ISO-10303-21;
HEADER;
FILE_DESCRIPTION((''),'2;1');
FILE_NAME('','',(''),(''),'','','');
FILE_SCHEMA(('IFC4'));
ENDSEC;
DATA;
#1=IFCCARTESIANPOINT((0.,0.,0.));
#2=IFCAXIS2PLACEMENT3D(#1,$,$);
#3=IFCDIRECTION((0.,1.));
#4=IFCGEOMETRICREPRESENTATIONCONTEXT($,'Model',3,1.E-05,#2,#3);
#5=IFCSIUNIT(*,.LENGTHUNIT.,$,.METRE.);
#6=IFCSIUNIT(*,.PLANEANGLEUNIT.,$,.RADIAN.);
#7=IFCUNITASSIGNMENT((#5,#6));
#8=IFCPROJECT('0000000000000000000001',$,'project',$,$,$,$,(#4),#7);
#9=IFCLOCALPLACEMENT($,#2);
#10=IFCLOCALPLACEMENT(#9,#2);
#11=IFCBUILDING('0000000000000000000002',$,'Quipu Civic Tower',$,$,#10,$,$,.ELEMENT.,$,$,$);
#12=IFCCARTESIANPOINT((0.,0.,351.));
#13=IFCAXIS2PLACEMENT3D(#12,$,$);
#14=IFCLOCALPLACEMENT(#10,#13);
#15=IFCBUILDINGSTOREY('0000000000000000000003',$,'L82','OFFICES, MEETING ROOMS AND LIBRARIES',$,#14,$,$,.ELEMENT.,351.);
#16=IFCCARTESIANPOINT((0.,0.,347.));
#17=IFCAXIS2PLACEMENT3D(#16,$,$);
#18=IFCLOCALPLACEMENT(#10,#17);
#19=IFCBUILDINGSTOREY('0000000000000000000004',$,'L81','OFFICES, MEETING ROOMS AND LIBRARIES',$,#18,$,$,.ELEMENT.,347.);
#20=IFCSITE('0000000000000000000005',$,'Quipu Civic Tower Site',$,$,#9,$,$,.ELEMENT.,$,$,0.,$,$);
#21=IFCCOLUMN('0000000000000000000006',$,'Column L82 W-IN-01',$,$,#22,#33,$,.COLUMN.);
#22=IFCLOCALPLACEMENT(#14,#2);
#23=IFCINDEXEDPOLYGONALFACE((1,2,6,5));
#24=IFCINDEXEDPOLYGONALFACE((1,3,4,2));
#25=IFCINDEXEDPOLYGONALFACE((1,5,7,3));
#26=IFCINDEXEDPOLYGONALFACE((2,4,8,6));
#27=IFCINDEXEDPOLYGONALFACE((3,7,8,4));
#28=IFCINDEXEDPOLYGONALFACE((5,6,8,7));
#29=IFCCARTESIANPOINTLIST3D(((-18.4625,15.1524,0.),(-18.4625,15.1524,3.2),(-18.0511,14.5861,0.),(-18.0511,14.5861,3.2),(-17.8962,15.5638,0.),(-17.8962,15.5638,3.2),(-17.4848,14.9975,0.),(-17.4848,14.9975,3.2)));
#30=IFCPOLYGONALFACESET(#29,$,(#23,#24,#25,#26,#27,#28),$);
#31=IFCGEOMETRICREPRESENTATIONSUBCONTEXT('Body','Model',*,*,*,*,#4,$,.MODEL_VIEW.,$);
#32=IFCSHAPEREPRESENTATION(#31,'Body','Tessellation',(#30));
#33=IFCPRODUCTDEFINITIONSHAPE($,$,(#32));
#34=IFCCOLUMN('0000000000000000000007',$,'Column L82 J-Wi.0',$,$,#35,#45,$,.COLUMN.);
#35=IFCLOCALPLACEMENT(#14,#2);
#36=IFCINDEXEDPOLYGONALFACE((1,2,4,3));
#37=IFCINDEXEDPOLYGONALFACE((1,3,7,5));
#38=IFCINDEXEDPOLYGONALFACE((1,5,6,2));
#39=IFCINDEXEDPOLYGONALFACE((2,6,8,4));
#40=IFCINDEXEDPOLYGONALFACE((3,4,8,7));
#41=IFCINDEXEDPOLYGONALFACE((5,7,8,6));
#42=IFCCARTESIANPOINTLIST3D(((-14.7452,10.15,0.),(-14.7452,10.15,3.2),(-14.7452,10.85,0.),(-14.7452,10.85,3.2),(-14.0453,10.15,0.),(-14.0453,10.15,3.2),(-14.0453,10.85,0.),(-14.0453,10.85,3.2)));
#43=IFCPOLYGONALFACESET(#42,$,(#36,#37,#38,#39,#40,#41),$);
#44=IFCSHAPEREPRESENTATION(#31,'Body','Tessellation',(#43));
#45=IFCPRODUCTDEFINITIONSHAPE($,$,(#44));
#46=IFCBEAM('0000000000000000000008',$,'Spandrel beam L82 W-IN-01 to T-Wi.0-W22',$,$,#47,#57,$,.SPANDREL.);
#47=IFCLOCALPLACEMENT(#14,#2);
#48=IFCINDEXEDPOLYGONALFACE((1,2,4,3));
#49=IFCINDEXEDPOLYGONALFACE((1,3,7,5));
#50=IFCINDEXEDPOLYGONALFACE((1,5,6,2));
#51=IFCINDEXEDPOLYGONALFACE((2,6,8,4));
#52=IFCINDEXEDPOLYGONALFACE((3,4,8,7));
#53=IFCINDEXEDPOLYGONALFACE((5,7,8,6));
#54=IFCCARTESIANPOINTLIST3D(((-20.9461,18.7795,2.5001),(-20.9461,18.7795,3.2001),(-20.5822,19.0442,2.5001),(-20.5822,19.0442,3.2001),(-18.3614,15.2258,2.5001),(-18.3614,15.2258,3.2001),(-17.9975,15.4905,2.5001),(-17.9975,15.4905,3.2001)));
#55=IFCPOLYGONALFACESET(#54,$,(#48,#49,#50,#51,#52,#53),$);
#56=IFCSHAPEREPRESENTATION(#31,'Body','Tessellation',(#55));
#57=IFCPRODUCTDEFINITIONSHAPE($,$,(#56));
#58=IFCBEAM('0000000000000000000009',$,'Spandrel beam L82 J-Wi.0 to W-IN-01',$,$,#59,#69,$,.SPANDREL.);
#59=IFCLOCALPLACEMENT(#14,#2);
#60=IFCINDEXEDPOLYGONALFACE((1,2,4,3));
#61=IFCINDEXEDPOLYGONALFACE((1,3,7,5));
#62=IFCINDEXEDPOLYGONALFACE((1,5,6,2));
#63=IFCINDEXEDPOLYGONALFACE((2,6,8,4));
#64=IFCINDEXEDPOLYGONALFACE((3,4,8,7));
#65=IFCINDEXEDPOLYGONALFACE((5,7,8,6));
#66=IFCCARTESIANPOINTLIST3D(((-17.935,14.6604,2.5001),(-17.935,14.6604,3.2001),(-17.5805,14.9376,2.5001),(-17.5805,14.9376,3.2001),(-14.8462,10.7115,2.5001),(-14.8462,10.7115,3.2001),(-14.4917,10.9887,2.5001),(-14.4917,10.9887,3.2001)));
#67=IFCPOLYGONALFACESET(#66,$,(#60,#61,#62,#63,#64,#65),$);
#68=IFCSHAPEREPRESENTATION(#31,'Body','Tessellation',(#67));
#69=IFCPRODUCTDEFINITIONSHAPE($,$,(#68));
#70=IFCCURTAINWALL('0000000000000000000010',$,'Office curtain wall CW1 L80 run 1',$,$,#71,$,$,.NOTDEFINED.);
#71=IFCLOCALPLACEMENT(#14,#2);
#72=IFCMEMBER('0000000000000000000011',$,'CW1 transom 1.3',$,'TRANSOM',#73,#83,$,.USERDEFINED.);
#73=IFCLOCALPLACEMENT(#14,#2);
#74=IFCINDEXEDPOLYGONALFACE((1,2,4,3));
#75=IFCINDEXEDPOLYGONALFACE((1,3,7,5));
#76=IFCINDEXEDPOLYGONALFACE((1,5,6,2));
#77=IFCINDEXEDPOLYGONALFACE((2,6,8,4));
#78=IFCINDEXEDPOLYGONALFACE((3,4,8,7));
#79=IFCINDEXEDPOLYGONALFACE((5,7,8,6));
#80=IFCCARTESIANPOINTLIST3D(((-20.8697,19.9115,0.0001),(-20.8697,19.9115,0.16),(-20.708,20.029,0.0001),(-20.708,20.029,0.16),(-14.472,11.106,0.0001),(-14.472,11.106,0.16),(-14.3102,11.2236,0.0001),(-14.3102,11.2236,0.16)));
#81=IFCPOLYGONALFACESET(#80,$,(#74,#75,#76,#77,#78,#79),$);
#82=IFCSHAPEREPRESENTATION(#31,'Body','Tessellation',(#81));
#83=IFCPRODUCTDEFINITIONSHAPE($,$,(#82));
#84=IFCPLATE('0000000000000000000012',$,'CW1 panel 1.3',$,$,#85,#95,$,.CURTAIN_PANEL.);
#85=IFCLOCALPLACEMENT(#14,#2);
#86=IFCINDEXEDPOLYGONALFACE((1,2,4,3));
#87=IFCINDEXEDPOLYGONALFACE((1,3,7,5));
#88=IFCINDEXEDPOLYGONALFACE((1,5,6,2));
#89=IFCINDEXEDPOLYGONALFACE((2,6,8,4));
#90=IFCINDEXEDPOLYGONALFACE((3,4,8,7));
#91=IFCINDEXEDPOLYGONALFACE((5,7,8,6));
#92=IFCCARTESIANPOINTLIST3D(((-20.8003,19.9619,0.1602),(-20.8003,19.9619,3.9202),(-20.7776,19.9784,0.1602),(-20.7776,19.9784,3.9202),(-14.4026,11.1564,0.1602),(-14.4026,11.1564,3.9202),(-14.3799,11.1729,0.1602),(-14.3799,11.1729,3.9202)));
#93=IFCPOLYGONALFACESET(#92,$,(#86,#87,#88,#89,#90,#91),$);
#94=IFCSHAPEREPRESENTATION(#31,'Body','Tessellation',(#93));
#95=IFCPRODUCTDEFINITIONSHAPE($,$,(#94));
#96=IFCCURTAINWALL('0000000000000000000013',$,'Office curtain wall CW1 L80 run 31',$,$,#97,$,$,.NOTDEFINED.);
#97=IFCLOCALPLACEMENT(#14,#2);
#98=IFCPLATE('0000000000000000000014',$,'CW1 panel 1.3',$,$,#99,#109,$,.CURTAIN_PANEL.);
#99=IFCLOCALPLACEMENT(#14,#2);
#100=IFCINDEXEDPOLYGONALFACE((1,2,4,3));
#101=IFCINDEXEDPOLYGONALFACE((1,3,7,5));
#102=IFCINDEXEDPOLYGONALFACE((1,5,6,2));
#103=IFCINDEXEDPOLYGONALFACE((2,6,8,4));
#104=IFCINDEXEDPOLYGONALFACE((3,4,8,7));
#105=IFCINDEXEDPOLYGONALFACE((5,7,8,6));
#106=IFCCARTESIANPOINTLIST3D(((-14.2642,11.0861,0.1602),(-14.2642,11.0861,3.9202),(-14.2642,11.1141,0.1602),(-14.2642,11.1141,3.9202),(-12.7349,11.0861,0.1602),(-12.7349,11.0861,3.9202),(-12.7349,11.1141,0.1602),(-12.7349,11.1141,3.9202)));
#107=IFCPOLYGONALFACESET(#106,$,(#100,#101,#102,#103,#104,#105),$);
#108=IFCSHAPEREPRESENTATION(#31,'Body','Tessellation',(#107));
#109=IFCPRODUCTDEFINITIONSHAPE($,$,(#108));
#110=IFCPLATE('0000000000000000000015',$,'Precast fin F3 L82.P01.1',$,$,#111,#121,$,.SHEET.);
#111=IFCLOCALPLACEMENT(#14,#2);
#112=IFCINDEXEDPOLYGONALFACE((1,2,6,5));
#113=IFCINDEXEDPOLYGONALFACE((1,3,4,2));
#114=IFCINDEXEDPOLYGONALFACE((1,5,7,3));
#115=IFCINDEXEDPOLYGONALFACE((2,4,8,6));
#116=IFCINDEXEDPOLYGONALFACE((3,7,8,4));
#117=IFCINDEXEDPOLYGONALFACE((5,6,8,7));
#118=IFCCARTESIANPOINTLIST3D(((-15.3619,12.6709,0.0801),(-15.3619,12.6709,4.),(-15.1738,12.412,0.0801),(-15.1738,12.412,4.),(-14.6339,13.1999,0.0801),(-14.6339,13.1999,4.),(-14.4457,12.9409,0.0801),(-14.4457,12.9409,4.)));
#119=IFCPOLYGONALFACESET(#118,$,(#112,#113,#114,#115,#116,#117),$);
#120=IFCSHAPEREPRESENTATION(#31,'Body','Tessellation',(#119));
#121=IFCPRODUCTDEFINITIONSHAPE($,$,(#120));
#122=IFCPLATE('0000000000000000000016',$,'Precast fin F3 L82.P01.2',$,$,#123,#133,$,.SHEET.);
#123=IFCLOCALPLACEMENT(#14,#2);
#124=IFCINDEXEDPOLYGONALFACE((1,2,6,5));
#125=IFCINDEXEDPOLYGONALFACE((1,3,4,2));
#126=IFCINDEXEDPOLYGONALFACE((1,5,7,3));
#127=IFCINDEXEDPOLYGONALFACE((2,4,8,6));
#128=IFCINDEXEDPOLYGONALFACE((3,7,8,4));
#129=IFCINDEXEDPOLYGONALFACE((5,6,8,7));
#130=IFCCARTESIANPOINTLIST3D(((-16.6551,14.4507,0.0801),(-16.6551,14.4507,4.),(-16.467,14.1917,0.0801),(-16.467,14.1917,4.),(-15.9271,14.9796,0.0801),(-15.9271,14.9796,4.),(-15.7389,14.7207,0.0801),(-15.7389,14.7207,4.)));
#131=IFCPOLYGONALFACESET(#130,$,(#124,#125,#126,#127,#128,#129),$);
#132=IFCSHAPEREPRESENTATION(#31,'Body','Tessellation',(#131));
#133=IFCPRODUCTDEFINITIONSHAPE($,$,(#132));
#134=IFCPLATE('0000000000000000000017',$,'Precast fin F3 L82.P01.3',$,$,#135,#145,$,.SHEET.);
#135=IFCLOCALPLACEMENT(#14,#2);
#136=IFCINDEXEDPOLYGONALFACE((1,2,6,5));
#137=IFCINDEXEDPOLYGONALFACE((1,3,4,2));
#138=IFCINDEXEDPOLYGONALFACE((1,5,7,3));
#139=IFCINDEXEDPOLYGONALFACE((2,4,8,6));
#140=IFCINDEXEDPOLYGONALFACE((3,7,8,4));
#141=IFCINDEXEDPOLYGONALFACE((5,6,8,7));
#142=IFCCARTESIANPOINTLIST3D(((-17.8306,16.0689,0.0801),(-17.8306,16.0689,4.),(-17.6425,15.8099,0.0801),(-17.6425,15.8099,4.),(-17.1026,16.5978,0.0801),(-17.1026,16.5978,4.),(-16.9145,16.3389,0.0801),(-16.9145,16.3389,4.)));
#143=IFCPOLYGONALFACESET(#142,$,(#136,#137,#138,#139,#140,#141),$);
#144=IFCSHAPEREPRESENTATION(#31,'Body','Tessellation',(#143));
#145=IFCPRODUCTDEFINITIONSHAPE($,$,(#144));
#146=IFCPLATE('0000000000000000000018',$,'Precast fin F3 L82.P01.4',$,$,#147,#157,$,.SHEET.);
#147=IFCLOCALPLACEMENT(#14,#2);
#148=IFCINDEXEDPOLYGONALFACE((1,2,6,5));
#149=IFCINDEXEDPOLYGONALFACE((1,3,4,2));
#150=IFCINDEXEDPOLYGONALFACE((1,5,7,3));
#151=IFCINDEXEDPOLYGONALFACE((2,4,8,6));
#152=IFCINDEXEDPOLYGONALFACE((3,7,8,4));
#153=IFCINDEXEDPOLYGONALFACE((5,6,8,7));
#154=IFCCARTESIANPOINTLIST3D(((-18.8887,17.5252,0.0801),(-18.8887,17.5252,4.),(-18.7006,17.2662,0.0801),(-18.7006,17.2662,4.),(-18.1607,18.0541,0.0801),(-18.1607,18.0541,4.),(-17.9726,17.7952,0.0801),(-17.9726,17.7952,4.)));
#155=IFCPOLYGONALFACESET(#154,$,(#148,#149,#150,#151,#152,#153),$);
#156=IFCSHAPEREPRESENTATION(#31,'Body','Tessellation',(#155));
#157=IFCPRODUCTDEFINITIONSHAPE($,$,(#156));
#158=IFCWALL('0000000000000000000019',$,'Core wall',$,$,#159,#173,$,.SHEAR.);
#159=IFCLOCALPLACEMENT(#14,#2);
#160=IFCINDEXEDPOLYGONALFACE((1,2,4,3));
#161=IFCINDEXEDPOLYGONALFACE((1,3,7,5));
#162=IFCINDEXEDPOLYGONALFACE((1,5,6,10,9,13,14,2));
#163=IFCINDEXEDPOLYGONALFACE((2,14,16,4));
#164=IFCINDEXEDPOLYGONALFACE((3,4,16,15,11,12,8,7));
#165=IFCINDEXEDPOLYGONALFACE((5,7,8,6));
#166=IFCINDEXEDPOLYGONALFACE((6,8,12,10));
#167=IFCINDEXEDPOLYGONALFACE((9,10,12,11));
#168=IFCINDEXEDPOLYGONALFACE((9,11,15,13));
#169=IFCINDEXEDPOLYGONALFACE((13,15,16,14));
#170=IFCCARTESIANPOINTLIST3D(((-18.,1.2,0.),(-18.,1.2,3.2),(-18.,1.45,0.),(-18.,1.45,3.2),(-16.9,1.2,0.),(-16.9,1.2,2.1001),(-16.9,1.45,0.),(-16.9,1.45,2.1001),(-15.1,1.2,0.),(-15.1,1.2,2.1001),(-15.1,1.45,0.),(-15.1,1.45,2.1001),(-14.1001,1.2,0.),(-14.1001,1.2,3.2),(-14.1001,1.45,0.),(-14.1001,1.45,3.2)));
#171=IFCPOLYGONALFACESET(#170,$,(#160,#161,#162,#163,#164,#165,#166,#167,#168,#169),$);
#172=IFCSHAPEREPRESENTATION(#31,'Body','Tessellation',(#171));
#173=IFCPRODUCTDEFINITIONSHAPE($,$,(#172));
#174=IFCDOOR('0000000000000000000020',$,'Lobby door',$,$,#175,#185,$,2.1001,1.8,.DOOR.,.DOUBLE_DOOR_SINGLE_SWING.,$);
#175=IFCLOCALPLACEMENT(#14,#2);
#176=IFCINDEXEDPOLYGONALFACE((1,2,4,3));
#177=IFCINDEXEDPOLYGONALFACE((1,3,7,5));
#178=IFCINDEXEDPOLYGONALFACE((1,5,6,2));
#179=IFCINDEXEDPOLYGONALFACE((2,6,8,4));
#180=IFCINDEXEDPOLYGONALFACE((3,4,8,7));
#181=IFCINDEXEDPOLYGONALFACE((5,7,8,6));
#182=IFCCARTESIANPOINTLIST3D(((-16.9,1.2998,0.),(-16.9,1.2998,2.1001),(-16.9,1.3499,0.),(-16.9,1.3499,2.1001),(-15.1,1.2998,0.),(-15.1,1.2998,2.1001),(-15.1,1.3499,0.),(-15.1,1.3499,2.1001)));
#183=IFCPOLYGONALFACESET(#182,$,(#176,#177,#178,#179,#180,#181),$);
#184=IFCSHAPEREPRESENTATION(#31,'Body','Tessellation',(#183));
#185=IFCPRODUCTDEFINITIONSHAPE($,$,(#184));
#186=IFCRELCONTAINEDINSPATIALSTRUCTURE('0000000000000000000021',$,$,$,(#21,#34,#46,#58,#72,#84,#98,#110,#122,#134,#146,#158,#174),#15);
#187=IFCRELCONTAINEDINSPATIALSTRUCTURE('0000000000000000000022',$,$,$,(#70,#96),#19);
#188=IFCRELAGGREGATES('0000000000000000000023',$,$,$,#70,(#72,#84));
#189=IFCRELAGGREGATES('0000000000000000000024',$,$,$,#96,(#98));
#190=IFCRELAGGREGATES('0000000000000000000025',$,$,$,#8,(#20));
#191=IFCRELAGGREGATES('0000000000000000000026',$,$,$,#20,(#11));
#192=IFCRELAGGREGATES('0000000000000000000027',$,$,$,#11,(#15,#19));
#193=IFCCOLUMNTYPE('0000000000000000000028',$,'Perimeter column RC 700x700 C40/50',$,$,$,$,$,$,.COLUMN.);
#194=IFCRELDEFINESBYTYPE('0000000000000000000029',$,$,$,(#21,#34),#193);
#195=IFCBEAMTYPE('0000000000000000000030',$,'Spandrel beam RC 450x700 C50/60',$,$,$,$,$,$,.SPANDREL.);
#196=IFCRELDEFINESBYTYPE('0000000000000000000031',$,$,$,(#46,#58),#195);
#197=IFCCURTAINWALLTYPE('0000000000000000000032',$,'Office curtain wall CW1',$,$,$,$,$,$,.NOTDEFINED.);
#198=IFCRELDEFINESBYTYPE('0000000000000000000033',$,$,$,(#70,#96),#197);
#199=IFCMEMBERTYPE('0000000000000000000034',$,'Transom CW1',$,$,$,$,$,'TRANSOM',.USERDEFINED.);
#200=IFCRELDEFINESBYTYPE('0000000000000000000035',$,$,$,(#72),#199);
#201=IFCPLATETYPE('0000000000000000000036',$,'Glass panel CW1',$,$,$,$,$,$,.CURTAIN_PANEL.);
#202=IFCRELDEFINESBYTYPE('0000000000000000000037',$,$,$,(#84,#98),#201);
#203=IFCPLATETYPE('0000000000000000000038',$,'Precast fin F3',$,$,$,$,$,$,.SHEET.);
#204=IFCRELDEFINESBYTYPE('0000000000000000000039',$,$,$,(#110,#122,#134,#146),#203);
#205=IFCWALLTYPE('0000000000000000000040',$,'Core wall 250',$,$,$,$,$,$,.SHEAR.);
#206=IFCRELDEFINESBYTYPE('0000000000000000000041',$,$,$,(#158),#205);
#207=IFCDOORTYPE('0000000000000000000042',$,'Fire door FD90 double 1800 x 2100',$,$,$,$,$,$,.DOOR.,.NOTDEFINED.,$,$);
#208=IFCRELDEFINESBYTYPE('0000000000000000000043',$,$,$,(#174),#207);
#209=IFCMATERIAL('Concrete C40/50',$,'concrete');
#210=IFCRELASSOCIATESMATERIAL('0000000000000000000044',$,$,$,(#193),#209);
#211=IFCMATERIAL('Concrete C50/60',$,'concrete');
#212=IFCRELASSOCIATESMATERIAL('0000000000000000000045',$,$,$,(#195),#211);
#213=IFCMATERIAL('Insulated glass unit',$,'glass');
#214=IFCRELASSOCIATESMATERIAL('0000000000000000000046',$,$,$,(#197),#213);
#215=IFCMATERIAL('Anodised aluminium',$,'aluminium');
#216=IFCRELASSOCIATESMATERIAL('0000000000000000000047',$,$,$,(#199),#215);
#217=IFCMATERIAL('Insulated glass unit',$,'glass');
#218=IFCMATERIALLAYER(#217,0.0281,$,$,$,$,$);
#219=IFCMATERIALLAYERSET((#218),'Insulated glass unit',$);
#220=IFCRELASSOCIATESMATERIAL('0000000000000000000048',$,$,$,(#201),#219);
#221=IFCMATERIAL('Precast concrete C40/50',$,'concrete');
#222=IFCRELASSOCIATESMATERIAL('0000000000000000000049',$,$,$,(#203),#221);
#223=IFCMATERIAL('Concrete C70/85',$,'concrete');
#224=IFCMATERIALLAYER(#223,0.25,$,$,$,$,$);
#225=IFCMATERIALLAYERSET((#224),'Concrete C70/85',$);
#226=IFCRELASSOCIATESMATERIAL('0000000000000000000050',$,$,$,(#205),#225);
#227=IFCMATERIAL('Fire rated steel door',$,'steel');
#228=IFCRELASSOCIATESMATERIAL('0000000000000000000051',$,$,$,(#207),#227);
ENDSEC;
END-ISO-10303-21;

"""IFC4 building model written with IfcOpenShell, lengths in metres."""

from ifc_helpers import new_model, si_unit, direction, frame, frame_2d, origin, origin_2d, place, context, subcontext, project, spatial, rectangle, extrude, material, layer, layer_set, material_profile, profile_set, type_object, element, fill, aggregate, save


model = new_model("IFC4")

# Units and contexts
model_context = context("Model", 3, precision=1e-05, world=origin(), true_north=direction((0.0, 1.0)))
body_context = subcontext(model_context, "Body", "Model", "MODEL_VIEW")
ifc_project = project(units=[si_unit("LENGTHUNIT", "METRE"), si_unit("PLANEANGLEUNIT", "RADIAN")], contexts=[model_context])

# Site, building, storey
site_placement = place(None, origin())
site = spatial("IfcSite", under=ifc_project, at=site_placement, Name="Quipu Civic Tower Site", CompositionType="ELEMENT", RefElevation=0.0)
building_placement = place(site_placement, origin())
building = spatial("IfcBuilding", under=site, at=building_placement, Name="Quipu Civic Tower", CompositionType="ELEMENT")
storey_1_placement = place(building_placement, frame((0.0, 0.0, 351.0)))
storey_1 = spatial("IfcBuildingStorey", under=building, at=storey_1_placement, Name="L82", Description="OFFICES, MEETING ROOMS AND LIBRARIES", CompositionType="ELEMENT", Elevation=351.0)

# Columns
ifc_material_1 = material(Name="Concrete C40/50", Category="concrete")
ifc_material_profile_1 = material_profile(ifc_material_1, rectangle(XDim=0.7, YDim=0.7, at=origin_2d()), Name="RC700x700")
ifc_profile_set_1 = profile_set([ifc_material_profile_1], Name="Concrete C40/50")
column_type = type_object("IfcColumnType", Name="Perimeter column RC 700x700 C40/50", PredefinedType="COLUMN", material=ifc_profile_set_1)
for number, where, z_axis, x_axis, name in (
    (1, (-17.9736, 15.075, 0.0), (0.0, 0.0, 1.0), (-0.587785, 0.809017, 0.0), "Column L82 W-IN-01"),
    (2, (-14.3953, 10.5, 0.0), (0.0, 0.0, 1.0), (-1.0, 0.0, 0.0), "Column L82 J-Wi.0"),
):
    element("IfcColumn", number, at=place(storey_1_placement, frame(where, z_axis=z_axis, x_axis=x_axis)), inside=storey_1, type_object=column_type, Name=name, PredefinedType="COLUMN", context=body_context, shape_type="SweptSolid", body=[
        extrude(rectangle(XDim=0.7, YDim=0.7, at=origin_2d()), origin(), (0.0, 0.0, 1.0), 3.2),
    ])

# Beams
ifc_material_2 = material(Name="Concrete C50/60", Category="concrete")
ifc_material_profile_2 = material_profile(ifc_material_2, rectangle(XDim=0.45, YDim=0.7, at=origin_2d()), Name="RC450x700")
ifc_profile_set_2 = profile_set([ifc_material_profile_2], Name="Concrete C50/60")
beam_type = type_object("IfcBeamType", Name="Spandrel beam RC 450x700 C50/60", PredefinedType="SPANDREL", material=ifc_profile_set_2)
beam_1_placement = place(storey_1_placement, frame((-18.1794, 15.3582, 2.8501), z_axis=(-0.588201, 0.808714, 0.0), x_axis=(-0.808714, -0.588201, 0.0)))
element("IfcBeam", 3, at=beam_1_placement, inside=storey_1, type_object=beam_type, Name="Spandrel beam L82 W-IN-01 to T-Wi.0-W22", PredefinedType="SPANDREL", context=body_context, shape_type="SweptSolid", body=[
    extrude(rectangle(XDim=0.45, YDim=0.7, at=origin_2d()), origin(), (0.0, 0.0, 1.0), 4.3943),
])
beam_2_placement = place(storey_1_placement, frame((-14.6689, 10.8501, 2.8501), z_axis=(-0.616106, 0.787663, 0.0), x_axis=(-0.787663, -0.616106, 0.0)))
element("IfcBeam", 4, at=beam_2_placement, inside=storey_1, type_object=beam_type, Name="Spandrel beam L82 J-Wi.0 to W-IN-01", PredefinedType="SPANDREL", context=body_context, shape_type="SweptSolid", body=[
    extrude(rectangle(XDim=0.45, YDim=0.7, at=origin_2d()), origin(), (0.0, 0.0, 1.0), 5.0134),
])

# Shared definitions
storey_2_placement = place(building_placement, frame((0.0, 0.0, 347.0)))
storey_2 = spatial("IfcBuildingStorey", under=building, at=storey_2_placement, Name="L81", Description="OFFICES, MEETING ROOMS AND LIBRARIES", CompositionType="ELEMENT", Elevation=347.0)

# Curtain wall, member, plate
ifc_material_3 = material(Name="Insulated glass unit", Category="glass")
curtain_wall_type = type_object("IfcCurtainWallType", Name="Office curtain wall CW1", PredefinedType="NOTDEFINED", material=ifc_material_3)
curtain_wall_1_placement = place(storey_2_placement, origin())
curtain_wall_1 = element("IfcCurtainWall", 5, at=curtain_wall_1_placement, inside=storey_2, type_object=curtain_wall_type, Name="Office curtain wall CW1 L80 run 1", PredefinedType="NOTDEFINED")
ifc_material_4 = material(Name="Anodised aluminium", Category="aluminium")
ifc_material_profile_3 = material_profile(ifc_material_4, rectangle(XDim=0.2, YDim=0.1599, at=origin_2d()), Name="RECT 200x160")
ifc_profile_set_3 = profile_set([ifc_material_profile_3], Name="Anodised aluminium")
member_type = type_object("IfcMemberType", Name="Transom CW1", ElementType="TRANSOM", PredefinedType="USERDEFINED", material=ifc_profile_set_3)
member_placement = place(storey_1_placement, frame((-14.3911, 11.1648, 0.0801), z_axis=(-0.587797, 0.809009, 0.0), x_axis=(-0.809009, -0.587797, 0.0)))
member = element("IfcMember", 6, at=member_placement, inside=storey_1, type_object=member_type, Name="CW1 transom 1.3", ObjectType="TRANSOM", PredefinedType="USERDEFINED", context=body_context, shape_type="SweptSolid", body=[
    extrude(rectangle(XDim=0.2, YDim=0.1599, at=origin_2d()), origin(), (0.0, 0.0, 1.0), 10.8843),
])
ifc_material_5 = material(Name="Insulated glass unit", Category="glass")
ifc_layer_1 = layer(ifc_material_5, 0.0281)
ifc_layer_set_1 = layer_set([ifc_layer_1], Name="Insulated glass unit")
plate_type_1 = type_object("IfcPlateType", Name="Glass panel CW1", PredefinedType="CURTAIN_PANEL", material=ifc_layer_set_1)
plate_1_placement = place(storey_1_placement, frame((-17.5901, 15.5674, 0.1602), z_axis=(0.0, 0.0, 1.0), x_axis=(-0.587788, 0.809015, 0.0)))
plate_1 = element("IfcPlate", 7, at=plate_1_placement, inside=storey_1, type_object=plate_type_1, Name="CW1 panel 1.3", PredefinedType="CURTAIN_PANEL", context=body_context, shape_type="SweptSolid", body=[
    extrude(rectangle(XDim=10.8843, YDim=0.0281, at=origin_2d()), origin(), (0.0, 0.0, 1.0), 3.76),
])
aggregate(curtain_wall_1, [member, plate_1])

# Curtain wall, plate
curtain_wall_2_placement = place(storey_2_placement, origin())
curtain_wall_2 = element("IfcCurtainWall", 8, at=curtain_wall_2_placement, inside=storey_2, type_object=curtain_wall_type, Name="Office curtain wall CW1 L80 run 31", PredefinedType="NOTDEFINED")
plate_2_placement = place(storey_1_placement, frame((-13.4995, 11.1001, 0.1602), z_axis=(0.0, 0.0, 1.0), x_axis=(-1.0, 0.0, 0.0)))
plate_2 = element("IfcPlate", 9, at=plate_2_placement, inside=storey_1, type_object=plate_type_1, Name="CW1 panel 1.3", PredefinedType="CURTAIN_PANEL", context=body_context, shape_type="SweptSolid", body=[
    extrude(rectangle(XDim=1.5293, YDim=0.0281, at=origin_2d()), origin(), (0.0, 0.0, 1.0), 3.76),
])
aggregate(curtain_wall_2, [plate_2])

# Plates
ifc_material_6 = material(Name="Precast concrete C40/50", Category="concrete")
plate_type_2 = type_object("IfcPlateType", Name="Precast fin F3", PredefinedType="SHEET", material=ifc_material_6)
for number, where, z_axis, x_axis, name in (
    (10, (-14.9038, 12.8059, 0.0801), (0.0, 0.0, 1.0), (-0.587784, 0.809018, 0.0), "Precast fin F3 L82.P01.1"),
    (11, (-16.197, 14.5857, 0.0801), (0.0, 0.0, 1.0), (-0.587784, 0.809018, 0.0), "Precast fin F3 L82.P01.2"),
    (12, (-17.3726, 16.2039, 0.0801), (0.0, 0.0, 1.0), (-0.587784, 0.809018, 0.0), "Precast fin F3 L82.P01.3"),
    (13, (-18.4307, 17.6602, 0.0801), (0.0, 0.0, 1.0), (-0.587784, 0.809018, 0.0), "Precast fin F3 L82.P01.4"),
):
    element("IfcPlate", number, at=place(storey_1_placement, frame(where, z_axis=z_axis, x_axis=x_axis)), inside=storey_1, type_object=plate_type_2, Name=name, PredefinedType="SHEET", context=body_context, shape_type="SweptSolid", body=[
        extrude(rectangle(XDim=0.3201, YDim=0.8999, at=origin_2d()), origin(), (0.0, 0.0, 1.0), 3.9199),
    ])

# Wall, opening, door
ifc_material_7 = material(Name="Concrete C70/85", Category="concrete")
ifc_layer_2 = layer(ifc_material_7, 0.25)
ifc_layer_set_2 = layer_set([ifc_layer_2], Name="Concrete C70/85")
wall_type_1 = type_object("IfcWallType", Name="Core wall 250", PredefinedType="SHEAR", material=ifc_layer_set_2)
wall_1_placement = place(storey_1_placement, frame((-18.0, 1.325, 0.0), z_axis=(0.0, 0.0, 1.0), x_axis=(1.0, 0.0, 0.0)))
wall_1 = element("IfcWall", 14, at=wall_1_placement, inside=storey_1, type_object=wall_type_1, Name="Core wall", PredefinedType="SHEAR", context=body_context, shape_type="SweptSolid", body=[
    extrude(rectangle(XDim=3.8999, YDim=0.25, at=frame_2d((1.95, 0.0))), origin(), (0.0, 0.0, 1.0), 3.2),
])
opening_1_placement = place(wall_1_placement, frame((1.1001, 0.0, 0.0)))
opening_1 = element("IfcOpeningElement", 15, at=opening_1_placement, cuts=wall_1, PredefinedType="OPENING", context=body_context, shape_type="SweptSolid", body=[
    extrude(rectangle(XDim=1.8, YDim=2.1001, at=frame_2d((0.8999, 1.05))), frame((0.0, 0.135, 0.0), z_axis=(0.0, -1.0, 0.0), x_axis=(1.0, 0.0, 0.0)), (0.0, 0.0, 1.0), 0.27),
])
ifc_material_8 = material(Name="Fire rated steel door", Category="steel")
door_type = type_object("IfcDoorType", Name="Fire door FD90 double 1800 x 2100", OperationType="NOTDEFINED", PredefinedType="DOOR", material=ifc_material_8)
door_1_placement = place(opening_1_placement, origin())
door_1 = element("IfcDoor", 16, at=door_1_placement, inside=storey_1, type_object=door_type, Name="Lobby door", OperationType="DOUBLE_DOOR_SINGLE_SWING", OverallHeight=2.1001, OverallWidth=1.8, PredefinedType="DOOR", context=body_context, shape_type="SweptSolid", body=[
    extrude(rectangle(XDim=1.8, YDim=2.1001, at=frame_2d((0.8999, 1.05))), frame((0.0, 0.0249, 0.0), z_axis=(0.0, -1.0, 0.0), x_axis=(1.0, 0.0, 0.0)), (0.0, 0.0, 1.0), 0.05),
])
fill(opening_1, door_1)

save(model, "model.ifc")
